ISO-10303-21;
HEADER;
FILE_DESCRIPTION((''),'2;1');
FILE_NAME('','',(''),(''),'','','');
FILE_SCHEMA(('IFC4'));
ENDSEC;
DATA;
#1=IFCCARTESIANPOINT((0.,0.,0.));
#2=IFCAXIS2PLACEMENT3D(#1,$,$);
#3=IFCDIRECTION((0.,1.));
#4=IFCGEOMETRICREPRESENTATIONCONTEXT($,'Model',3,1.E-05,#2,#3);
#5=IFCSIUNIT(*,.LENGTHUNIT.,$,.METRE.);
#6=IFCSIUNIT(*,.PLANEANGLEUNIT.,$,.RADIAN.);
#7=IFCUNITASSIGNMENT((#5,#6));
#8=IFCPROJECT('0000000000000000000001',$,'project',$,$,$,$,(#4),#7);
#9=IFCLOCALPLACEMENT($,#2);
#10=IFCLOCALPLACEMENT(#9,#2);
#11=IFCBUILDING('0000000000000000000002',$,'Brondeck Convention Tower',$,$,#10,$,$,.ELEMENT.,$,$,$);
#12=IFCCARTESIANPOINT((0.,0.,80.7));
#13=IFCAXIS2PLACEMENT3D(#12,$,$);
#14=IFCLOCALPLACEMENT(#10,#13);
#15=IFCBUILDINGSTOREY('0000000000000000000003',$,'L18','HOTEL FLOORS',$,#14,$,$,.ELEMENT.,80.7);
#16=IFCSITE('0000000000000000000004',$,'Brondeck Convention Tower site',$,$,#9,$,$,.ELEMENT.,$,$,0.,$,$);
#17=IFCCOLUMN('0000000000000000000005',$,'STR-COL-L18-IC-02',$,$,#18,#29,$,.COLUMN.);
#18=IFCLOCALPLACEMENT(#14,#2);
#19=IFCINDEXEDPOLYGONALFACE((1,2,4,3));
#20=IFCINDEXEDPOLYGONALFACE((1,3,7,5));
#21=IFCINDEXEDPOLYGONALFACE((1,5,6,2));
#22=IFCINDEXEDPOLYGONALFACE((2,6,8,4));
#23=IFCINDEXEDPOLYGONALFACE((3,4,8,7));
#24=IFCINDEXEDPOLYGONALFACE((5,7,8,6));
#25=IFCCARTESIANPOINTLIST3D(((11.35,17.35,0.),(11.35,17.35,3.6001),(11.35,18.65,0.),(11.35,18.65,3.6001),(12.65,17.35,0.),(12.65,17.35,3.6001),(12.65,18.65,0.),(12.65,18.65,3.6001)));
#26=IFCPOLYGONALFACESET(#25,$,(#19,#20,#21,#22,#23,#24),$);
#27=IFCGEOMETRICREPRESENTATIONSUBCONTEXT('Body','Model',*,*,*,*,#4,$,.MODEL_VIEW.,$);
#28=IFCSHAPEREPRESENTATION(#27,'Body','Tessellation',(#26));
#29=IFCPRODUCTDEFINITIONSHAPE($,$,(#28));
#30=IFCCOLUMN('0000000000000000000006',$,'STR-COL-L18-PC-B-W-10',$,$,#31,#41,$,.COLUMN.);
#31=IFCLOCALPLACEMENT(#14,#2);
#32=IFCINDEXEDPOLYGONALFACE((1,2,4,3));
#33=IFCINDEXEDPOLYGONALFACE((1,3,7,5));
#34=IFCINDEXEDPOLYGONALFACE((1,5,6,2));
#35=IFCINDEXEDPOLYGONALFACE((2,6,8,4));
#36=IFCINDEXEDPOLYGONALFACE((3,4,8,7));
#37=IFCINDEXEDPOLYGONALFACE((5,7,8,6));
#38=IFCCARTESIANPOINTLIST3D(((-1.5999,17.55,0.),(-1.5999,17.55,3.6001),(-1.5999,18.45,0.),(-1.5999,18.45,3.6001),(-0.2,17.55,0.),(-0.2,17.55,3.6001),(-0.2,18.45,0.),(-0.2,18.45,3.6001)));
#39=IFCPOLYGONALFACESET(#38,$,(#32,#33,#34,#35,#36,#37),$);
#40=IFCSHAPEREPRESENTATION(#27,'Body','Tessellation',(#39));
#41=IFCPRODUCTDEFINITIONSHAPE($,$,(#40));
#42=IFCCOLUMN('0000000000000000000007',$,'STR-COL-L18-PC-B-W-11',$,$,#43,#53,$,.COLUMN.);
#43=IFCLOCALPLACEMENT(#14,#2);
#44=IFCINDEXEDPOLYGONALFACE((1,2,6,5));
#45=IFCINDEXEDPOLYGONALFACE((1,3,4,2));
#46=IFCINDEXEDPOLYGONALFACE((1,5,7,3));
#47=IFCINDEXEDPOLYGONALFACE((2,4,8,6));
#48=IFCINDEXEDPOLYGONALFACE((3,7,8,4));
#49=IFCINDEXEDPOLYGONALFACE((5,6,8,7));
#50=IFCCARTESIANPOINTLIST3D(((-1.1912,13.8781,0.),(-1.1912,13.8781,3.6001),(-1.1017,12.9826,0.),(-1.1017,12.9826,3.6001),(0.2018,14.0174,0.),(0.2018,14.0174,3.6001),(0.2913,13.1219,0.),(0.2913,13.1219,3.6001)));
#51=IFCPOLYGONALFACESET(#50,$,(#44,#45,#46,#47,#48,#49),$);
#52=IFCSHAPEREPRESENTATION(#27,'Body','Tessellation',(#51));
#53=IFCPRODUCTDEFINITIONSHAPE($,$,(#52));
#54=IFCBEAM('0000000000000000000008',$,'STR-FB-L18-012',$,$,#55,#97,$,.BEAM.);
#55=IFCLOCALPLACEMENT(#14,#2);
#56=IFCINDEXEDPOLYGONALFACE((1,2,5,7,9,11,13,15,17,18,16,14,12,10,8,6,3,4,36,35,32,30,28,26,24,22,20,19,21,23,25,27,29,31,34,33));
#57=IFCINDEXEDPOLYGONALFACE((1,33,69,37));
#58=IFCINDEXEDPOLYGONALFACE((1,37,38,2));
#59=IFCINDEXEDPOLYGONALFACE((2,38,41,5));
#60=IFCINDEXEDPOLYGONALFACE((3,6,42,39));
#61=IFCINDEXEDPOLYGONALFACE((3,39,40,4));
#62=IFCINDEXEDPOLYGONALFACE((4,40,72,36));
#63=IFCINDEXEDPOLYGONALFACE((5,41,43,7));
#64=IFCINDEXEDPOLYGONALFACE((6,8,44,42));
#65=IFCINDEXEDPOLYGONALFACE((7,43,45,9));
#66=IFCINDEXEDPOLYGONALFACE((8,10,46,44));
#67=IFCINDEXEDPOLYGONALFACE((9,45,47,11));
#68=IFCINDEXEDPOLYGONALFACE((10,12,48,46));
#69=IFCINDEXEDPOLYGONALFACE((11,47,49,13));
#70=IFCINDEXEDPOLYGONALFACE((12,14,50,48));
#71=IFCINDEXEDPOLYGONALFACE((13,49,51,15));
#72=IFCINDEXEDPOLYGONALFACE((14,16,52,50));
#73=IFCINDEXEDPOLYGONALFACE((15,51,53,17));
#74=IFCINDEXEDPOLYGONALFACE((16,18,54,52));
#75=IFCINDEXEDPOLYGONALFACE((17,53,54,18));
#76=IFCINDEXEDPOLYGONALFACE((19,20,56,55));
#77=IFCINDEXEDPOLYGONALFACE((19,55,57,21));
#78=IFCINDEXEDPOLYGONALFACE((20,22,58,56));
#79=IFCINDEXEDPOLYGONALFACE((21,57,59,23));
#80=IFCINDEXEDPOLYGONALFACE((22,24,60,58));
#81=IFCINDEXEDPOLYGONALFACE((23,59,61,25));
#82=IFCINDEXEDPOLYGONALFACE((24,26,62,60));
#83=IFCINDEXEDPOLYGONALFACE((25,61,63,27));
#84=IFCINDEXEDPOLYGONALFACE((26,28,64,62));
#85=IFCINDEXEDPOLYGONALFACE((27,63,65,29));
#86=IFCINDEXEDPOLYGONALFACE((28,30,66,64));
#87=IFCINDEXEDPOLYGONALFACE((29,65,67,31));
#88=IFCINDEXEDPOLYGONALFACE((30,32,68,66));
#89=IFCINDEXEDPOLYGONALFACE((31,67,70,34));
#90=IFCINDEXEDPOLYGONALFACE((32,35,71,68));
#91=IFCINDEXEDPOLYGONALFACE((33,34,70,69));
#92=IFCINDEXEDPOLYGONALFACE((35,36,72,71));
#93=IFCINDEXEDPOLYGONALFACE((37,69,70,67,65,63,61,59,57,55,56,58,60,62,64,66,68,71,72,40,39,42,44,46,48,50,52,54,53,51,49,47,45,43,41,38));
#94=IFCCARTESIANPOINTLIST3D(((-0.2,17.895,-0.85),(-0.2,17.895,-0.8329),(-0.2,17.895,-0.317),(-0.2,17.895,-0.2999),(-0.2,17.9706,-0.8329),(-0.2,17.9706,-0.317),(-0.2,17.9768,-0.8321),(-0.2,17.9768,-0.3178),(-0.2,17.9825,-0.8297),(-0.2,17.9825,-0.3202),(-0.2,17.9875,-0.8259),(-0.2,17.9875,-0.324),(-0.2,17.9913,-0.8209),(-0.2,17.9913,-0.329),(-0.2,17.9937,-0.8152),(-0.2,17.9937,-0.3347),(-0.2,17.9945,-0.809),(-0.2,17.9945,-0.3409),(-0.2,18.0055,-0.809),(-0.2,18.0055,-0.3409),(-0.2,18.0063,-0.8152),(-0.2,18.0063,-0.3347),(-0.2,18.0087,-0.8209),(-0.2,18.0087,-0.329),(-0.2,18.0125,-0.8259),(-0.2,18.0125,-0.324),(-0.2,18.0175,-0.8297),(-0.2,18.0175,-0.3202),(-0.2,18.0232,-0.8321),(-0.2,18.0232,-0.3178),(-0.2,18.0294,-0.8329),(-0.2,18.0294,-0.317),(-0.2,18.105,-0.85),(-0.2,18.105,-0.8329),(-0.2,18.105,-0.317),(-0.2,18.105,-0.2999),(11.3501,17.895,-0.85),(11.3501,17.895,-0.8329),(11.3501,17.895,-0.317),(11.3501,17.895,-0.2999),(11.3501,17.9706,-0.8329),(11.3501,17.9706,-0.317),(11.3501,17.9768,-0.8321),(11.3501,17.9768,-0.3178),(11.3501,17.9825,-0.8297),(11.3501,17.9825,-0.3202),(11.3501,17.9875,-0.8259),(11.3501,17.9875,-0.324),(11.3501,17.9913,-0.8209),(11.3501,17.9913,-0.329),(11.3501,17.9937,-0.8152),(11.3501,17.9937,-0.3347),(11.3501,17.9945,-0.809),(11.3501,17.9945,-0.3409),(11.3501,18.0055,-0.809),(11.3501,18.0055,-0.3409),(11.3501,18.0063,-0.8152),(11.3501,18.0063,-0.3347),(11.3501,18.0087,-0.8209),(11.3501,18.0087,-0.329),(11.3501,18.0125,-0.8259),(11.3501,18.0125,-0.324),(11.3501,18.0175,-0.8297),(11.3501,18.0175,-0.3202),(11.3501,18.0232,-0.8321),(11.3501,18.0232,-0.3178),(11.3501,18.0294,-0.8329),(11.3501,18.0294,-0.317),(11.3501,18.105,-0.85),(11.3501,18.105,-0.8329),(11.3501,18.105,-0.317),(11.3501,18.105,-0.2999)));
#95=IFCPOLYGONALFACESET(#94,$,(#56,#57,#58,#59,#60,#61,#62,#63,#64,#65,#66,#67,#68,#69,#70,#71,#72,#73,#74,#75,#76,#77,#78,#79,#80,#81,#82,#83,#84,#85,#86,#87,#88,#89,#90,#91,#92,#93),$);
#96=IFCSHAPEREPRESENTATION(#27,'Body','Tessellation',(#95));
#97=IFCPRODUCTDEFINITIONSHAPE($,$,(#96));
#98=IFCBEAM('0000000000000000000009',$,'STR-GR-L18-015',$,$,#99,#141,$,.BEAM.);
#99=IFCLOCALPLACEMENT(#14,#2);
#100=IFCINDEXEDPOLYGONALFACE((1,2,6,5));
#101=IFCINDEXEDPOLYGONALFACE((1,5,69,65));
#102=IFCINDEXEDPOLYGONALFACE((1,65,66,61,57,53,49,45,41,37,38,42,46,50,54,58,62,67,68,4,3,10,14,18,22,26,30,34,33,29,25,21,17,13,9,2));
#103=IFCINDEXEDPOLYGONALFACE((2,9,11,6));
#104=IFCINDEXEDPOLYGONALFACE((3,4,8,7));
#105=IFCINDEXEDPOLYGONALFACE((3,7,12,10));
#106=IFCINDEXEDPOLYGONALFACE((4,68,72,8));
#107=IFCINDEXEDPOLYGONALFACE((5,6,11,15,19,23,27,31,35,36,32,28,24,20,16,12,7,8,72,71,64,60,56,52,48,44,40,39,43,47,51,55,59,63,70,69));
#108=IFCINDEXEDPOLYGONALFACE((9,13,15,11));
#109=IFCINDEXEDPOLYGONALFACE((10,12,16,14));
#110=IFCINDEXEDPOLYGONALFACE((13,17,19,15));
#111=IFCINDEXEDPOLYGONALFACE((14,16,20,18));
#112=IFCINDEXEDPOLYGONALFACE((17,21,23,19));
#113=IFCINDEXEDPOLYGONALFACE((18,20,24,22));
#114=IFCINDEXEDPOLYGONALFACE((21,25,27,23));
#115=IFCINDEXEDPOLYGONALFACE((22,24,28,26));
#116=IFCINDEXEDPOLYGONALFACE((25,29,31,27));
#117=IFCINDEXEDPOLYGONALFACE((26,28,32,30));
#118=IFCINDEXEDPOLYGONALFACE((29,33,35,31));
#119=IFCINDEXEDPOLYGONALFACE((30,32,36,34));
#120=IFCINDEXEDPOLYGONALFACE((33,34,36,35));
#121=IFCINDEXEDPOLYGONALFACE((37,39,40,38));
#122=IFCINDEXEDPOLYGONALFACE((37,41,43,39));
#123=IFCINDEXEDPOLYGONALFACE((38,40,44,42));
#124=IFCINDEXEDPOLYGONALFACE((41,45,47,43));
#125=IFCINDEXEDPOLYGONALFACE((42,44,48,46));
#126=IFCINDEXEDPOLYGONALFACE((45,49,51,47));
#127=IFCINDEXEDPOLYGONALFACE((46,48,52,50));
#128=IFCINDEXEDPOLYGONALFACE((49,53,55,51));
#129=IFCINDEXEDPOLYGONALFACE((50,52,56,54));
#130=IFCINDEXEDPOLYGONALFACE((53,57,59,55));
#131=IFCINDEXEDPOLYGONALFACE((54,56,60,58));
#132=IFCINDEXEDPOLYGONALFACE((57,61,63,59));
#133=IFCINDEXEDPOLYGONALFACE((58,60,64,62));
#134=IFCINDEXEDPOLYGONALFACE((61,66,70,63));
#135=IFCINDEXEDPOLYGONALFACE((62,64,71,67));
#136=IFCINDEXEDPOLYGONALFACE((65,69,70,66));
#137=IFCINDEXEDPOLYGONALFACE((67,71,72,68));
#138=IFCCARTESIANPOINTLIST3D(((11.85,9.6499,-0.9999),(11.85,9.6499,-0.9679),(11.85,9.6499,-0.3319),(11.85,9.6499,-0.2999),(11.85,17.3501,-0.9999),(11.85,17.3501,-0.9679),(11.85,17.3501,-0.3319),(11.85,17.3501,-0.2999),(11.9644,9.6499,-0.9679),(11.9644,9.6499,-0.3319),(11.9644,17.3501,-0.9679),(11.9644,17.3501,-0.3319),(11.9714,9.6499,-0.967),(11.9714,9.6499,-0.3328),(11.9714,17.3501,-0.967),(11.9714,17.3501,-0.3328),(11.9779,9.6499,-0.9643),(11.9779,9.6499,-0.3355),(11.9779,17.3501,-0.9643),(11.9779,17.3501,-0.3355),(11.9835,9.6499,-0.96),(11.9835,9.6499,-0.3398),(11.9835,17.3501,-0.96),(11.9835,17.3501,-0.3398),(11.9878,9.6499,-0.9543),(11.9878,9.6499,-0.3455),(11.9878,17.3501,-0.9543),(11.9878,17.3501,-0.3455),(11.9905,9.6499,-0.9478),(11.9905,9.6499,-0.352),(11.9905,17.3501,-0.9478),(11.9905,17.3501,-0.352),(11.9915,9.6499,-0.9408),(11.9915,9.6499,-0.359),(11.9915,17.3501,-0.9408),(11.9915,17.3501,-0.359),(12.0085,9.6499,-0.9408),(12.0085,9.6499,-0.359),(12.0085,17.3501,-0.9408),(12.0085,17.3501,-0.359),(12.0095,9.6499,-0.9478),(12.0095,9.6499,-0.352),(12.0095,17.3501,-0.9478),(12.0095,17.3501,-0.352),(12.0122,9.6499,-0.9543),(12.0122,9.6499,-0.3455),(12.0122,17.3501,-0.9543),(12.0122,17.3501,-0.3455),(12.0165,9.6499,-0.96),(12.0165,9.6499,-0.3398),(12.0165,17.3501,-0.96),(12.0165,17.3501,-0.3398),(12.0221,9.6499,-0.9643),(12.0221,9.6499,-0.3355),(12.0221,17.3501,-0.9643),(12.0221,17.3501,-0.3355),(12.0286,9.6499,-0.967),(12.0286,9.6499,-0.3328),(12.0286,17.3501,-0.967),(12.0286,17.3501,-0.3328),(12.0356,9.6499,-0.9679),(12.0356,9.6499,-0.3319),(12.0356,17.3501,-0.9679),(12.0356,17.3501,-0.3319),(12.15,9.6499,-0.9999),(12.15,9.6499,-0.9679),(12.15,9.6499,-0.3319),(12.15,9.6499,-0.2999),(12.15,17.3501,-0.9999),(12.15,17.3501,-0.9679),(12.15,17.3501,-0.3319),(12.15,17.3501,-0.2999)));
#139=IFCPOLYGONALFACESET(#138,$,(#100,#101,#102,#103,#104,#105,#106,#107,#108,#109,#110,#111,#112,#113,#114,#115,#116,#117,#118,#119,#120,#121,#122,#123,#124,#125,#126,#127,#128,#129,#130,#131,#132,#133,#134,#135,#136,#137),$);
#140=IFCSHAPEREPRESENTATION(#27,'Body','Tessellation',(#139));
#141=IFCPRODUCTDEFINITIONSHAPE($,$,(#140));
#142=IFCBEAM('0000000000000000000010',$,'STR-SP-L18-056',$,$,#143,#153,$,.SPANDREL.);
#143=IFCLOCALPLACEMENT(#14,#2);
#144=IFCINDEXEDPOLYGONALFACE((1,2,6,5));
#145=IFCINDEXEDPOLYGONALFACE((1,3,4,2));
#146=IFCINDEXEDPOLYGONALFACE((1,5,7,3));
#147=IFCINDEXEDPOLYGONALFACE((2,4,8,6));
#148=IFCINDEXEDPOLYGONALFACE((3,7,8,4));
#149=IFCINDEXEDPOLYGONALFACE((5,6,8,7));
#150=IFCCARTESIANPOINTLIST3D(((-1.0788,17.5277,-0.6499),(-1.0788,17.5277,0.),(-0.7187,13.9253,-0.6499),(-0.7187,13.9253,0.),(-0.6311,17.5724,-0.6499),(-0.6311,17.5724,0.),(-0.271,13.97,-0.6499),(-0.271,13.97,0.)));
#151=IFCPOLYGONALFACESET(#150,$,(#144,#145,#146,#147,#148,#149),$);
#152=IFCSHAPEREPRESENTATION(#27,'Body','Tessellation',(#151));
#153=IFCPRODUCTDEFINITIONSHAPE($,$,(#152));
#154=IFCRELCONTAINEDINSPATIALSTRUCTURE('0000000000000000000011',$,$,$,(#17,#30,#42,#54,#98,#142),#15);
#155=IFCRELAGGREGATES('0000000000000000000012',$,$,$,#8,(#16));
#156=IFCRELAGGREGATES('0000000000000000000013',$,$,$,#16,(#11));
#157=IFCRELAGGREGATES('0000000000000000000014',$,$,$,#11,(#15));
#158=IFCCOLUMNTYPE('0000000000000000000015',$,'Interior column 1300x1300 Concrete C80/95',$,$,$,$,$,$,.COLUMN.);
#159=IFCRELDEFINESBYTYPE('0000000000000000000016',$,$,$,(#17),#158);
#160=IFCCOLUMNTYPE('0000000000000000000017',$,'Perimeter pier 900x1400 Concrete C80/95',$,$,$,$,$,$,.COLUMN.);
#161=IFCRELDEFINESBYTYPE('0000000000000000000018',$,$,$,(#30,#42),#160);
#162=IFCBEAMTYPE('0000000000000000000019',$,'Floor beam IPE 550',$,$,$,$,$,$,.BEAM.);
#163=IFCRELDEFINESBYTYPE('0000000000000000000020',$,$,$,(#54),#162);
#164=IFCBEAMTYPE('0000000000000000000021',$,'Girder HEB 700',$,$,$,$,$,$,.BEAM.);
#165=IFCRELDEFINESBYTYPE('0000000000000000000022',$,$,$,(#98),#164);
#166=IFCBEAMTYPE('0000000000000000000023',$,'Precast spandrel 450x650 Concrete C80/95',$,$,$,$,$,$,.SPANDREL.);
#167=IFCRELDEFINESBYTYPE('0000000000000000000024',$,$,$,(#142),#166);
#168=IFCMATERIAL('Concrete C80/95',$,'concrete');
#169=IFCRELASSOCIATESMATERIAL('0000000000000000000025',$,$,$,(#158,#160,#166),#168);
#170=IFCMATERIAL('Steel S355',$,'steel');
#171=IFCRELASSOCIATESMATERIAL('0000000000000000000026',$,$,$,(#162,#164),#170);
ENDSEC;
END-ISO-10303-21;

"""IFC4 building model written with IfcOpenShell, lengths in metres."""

from ifc_helpers import new_model, si_unit, direction, frame, origin, origin_2d, place, context, subcontext, project, spatial, rectangle, i_section, extrude, material, material_profile, profile_set, type_object, element, save


model = new_model("IFC4")

# Units and contexts
model_context = context("Model", 3, precision=1e-05, world=origin(), true_north=direction((0.0, 1.0)))
body_context = subcontext(model_context, "Body", "Model", "MODEL_VIEW")
ifc_project = project(units=[si_unit("LENGTHUNIT", "METRE"), si_unit("PLANEANGLEUNIT", "RADIAN")], contexts=[model_context])

# Site, building, storey
site_placement = place(None, origin())
site = spatial("IfcSite", under=ifc_project, at=site_placement, Name="Brondeck Convention Tower site", CompositionType="ELEMENT", RefElevation=0.0)
building_placement = place(site_placement, origin())
building = spatial("IfcBuilding", under=site, at=building_placement, Name="Brondeck Convention Tower", CompositionType="ELEMENT")
storey_placement = place(building_placement, frame((0.0, 0.0, 80.7)))
storey = spatial("IfcBuildingStorey", under=building, at=storey_placement, Name="L18", Description="HOTEL FLOORS", CompositionType="ELEMENT", Elevation=80.7)

# Columns
ifc_material_1 = material(Name="Concrete C80/95", Category="concrete")
ifc_material_profile_1 = material_profile(ifc_material_1, rectangle(XDim=1.3, YDim=1.3, at=origin_2d()), Name="Interior column 1300x1300 Concrete C80/95")
ifc_profile_set_1 = profile_set([ifc_material_profile_1], Name="Concrete C80/95")
column_type_1 = type_object("IfcColumnType", Name="Interior column 1300x1300 Concrete C80/95", PredefinedType="COLUMN", material=ifc_profile_set_1)
column_placement = place(storey_placement, frame((12.0, 18.0, 0.0), z_axis=(0.0, 0.0, 1.0), x_axis=(1.0, 0.0, 0.0)))
element("IfcColumn", 1, at=column_placement, inside=storey, type_object=column_type_1, Name="STR-COL-L18-IC-02", PredefinedType="COLUMN", context=body_context, shape_type="SweptSolid", body=[
    extrude(rectangle(XDim=1.3, YDim=1.3, at=origin_2d()), origin(), (0.0, 0.0, 1.0), 3.6001),
])
ifc_material_profile_2 = material_profile(ifc_material_1, rectangle(XDim=0.8999, YDim=1.3999, at=origin_2d()), Name="Perimeter pier 900x1400 Concrete C80/95")
ifc_profile_set_2 = profile_set([ifc_material_profile_2], Name="Concrete C80/95")
column_type_2 = type_object("IfcColumnType", Name="Perimeter pier 900x1400 Concrete C80/95", PredefinedType="COLUMN", material=ifc_profile_set_2)
for number, where, z_axis, x_axis, name in (
    (2, (-0.8999, 18.0, 0.0), (0.0, 0.0, 1.0), (0.0, -1.0, 0.0), "STR-COL-L18-PC-B-W-10"),
    (3, (-0.45, 13.5, 0.0), (0.0, 0.0, 1.0), (0.099504, -0.995037, 0.0), "STR-COL-L18-PC-B-W-11"),
):
    element("IfcColumn", number, at=place(storey_placement, frame(where, z_axis=z_axis, x_axis=x_axis)), inside=storey, type_object=column_type_2, Name=name, PredefinedType="COLUMN", context=body_context, shape_type="SweptSolid", body=[
        extrude(rectangle(XDim=0.8999, YDim=1.3999, at=origin_2d()), origin(), (0.0, 0.0, 1.0), 3.6001),
    ])

# Beams
ifc_material_2 = material(Name="Steel S355", Category="steel")
ifc_material_profile_3 = material_profile(ifc_material_2, i_section(OverallWidth=0.21, OverallDepth=0.55, WebThickness=0.011, FlangeThickness=0.0171, FilletRadius=0.0239, at=origin_2d()), Name="IPE 550")
ifc_profile_set_3 = profile_set([ifc_material_profile_3], Name="Steel S355")
beam_type_1 = type_object("IfcBeamType", Name="Floor beam IPE 550", PredefinedType="BEAM", material=ifc_profile_set_3)
beam_1_placement = place(storey_placement, frame((-0.2, 18.0, -0.575), z_axis=(1.0, 0.0, 0.0), x_axis=(0.0, 1.0, 0.0)))
element("IfcBeam", 4, at=beam_1_placement, inside=storey, type_object=beam_type_1, Name="STR-FB-L18-012", PredefinedType="BEAM", context=body_context, shape_type="SweptSolid", body=[
    extrude(i_section(OverallWidth=0.21, OverallDepth=0.55, WebThickness=0.011, FlangeThickness=0.0171, FilletRadius=0.0239, at=origin_2d()), origin(), (0.0, 0.0, 1.0), 11.55),
])
ifc_material_profile_4 = material_profile(ifc_material_2, i_section(OverallWidth=0.3, OverallDepth=0.7, WebThickness=0.0171, FlangeThickness=0.032, FilletRadius=0.0271, at=origin_2d()), Name="HEB 700")
ifc_profile_set_4 = profile_set([ifc_material_profile_4], Name="Steel S355")
beam_type_2 = type_object("IfcBeamType", Name="Girder HEB 700", PredefinedType="BEAM", material=ifc_profile_set_4)
beam_2_placement = place(storey_placement, frame((12.0, 17.3501, -0.6499), z_axis=(0.0, -1.0, 0.0), x_axis=(1.0, 0.0, 0.0)))
element("IfcBeam", 5, at=beam_2_placement, inside=storey, type_object=beam_type_2, Name="STR-GR-L18-015", PredefinedType="BEAM", context=body_context, shape_type="SweptSolid", body=[
    extrude(i_section(OverallWidth=0.3, OverallDepth=0.7, WebThickness=0.0171, FlangeThickness=0.032, FilletRadius=0.0271, at=origin_2d()), origin(), (0.0, 0.0, 1.0), 7.7002),
])
ifc_material_profile_5 = material_profile(ifc_material_1, rectangle(XDim=0.45, YDim=0.6499, at=origin_2d()), Name="Precast spandrel 450x650 Concrete C80/95")
ifc_profile_set_5 = profile_set([ifc_material_profile_5], Name="Concrete C80/95")
beam_type_3 = type_object("IfcBeamType", Name="Precast spandrel 450x650 Concrete C80/95", PredefinedType="SPANDREL", material=ifc_profile_set_5)
beam_3_placement = place(storey_placement, frame((-0.855, 17.55, -0.325), z_axis=(0.09947, -0.995041, 0.0), x_axis=(0.995041, 0.09947, 0.0)))
element("IfcBeam", 6, at=beam_3_placement, inside=storey, type_object=beam_type_3, Name="STR-SP-L18-056", PredefinedType="SPANDREL", context=body_context, shape_type="SweptSolid", body=[
    extrude(rectangle(XDim=0.45, YDim=0.6499, at=origin_2d()), origin(), (0.0, 0.0, 1.0), 3.6204),
])

save(model, "model.ifc")
